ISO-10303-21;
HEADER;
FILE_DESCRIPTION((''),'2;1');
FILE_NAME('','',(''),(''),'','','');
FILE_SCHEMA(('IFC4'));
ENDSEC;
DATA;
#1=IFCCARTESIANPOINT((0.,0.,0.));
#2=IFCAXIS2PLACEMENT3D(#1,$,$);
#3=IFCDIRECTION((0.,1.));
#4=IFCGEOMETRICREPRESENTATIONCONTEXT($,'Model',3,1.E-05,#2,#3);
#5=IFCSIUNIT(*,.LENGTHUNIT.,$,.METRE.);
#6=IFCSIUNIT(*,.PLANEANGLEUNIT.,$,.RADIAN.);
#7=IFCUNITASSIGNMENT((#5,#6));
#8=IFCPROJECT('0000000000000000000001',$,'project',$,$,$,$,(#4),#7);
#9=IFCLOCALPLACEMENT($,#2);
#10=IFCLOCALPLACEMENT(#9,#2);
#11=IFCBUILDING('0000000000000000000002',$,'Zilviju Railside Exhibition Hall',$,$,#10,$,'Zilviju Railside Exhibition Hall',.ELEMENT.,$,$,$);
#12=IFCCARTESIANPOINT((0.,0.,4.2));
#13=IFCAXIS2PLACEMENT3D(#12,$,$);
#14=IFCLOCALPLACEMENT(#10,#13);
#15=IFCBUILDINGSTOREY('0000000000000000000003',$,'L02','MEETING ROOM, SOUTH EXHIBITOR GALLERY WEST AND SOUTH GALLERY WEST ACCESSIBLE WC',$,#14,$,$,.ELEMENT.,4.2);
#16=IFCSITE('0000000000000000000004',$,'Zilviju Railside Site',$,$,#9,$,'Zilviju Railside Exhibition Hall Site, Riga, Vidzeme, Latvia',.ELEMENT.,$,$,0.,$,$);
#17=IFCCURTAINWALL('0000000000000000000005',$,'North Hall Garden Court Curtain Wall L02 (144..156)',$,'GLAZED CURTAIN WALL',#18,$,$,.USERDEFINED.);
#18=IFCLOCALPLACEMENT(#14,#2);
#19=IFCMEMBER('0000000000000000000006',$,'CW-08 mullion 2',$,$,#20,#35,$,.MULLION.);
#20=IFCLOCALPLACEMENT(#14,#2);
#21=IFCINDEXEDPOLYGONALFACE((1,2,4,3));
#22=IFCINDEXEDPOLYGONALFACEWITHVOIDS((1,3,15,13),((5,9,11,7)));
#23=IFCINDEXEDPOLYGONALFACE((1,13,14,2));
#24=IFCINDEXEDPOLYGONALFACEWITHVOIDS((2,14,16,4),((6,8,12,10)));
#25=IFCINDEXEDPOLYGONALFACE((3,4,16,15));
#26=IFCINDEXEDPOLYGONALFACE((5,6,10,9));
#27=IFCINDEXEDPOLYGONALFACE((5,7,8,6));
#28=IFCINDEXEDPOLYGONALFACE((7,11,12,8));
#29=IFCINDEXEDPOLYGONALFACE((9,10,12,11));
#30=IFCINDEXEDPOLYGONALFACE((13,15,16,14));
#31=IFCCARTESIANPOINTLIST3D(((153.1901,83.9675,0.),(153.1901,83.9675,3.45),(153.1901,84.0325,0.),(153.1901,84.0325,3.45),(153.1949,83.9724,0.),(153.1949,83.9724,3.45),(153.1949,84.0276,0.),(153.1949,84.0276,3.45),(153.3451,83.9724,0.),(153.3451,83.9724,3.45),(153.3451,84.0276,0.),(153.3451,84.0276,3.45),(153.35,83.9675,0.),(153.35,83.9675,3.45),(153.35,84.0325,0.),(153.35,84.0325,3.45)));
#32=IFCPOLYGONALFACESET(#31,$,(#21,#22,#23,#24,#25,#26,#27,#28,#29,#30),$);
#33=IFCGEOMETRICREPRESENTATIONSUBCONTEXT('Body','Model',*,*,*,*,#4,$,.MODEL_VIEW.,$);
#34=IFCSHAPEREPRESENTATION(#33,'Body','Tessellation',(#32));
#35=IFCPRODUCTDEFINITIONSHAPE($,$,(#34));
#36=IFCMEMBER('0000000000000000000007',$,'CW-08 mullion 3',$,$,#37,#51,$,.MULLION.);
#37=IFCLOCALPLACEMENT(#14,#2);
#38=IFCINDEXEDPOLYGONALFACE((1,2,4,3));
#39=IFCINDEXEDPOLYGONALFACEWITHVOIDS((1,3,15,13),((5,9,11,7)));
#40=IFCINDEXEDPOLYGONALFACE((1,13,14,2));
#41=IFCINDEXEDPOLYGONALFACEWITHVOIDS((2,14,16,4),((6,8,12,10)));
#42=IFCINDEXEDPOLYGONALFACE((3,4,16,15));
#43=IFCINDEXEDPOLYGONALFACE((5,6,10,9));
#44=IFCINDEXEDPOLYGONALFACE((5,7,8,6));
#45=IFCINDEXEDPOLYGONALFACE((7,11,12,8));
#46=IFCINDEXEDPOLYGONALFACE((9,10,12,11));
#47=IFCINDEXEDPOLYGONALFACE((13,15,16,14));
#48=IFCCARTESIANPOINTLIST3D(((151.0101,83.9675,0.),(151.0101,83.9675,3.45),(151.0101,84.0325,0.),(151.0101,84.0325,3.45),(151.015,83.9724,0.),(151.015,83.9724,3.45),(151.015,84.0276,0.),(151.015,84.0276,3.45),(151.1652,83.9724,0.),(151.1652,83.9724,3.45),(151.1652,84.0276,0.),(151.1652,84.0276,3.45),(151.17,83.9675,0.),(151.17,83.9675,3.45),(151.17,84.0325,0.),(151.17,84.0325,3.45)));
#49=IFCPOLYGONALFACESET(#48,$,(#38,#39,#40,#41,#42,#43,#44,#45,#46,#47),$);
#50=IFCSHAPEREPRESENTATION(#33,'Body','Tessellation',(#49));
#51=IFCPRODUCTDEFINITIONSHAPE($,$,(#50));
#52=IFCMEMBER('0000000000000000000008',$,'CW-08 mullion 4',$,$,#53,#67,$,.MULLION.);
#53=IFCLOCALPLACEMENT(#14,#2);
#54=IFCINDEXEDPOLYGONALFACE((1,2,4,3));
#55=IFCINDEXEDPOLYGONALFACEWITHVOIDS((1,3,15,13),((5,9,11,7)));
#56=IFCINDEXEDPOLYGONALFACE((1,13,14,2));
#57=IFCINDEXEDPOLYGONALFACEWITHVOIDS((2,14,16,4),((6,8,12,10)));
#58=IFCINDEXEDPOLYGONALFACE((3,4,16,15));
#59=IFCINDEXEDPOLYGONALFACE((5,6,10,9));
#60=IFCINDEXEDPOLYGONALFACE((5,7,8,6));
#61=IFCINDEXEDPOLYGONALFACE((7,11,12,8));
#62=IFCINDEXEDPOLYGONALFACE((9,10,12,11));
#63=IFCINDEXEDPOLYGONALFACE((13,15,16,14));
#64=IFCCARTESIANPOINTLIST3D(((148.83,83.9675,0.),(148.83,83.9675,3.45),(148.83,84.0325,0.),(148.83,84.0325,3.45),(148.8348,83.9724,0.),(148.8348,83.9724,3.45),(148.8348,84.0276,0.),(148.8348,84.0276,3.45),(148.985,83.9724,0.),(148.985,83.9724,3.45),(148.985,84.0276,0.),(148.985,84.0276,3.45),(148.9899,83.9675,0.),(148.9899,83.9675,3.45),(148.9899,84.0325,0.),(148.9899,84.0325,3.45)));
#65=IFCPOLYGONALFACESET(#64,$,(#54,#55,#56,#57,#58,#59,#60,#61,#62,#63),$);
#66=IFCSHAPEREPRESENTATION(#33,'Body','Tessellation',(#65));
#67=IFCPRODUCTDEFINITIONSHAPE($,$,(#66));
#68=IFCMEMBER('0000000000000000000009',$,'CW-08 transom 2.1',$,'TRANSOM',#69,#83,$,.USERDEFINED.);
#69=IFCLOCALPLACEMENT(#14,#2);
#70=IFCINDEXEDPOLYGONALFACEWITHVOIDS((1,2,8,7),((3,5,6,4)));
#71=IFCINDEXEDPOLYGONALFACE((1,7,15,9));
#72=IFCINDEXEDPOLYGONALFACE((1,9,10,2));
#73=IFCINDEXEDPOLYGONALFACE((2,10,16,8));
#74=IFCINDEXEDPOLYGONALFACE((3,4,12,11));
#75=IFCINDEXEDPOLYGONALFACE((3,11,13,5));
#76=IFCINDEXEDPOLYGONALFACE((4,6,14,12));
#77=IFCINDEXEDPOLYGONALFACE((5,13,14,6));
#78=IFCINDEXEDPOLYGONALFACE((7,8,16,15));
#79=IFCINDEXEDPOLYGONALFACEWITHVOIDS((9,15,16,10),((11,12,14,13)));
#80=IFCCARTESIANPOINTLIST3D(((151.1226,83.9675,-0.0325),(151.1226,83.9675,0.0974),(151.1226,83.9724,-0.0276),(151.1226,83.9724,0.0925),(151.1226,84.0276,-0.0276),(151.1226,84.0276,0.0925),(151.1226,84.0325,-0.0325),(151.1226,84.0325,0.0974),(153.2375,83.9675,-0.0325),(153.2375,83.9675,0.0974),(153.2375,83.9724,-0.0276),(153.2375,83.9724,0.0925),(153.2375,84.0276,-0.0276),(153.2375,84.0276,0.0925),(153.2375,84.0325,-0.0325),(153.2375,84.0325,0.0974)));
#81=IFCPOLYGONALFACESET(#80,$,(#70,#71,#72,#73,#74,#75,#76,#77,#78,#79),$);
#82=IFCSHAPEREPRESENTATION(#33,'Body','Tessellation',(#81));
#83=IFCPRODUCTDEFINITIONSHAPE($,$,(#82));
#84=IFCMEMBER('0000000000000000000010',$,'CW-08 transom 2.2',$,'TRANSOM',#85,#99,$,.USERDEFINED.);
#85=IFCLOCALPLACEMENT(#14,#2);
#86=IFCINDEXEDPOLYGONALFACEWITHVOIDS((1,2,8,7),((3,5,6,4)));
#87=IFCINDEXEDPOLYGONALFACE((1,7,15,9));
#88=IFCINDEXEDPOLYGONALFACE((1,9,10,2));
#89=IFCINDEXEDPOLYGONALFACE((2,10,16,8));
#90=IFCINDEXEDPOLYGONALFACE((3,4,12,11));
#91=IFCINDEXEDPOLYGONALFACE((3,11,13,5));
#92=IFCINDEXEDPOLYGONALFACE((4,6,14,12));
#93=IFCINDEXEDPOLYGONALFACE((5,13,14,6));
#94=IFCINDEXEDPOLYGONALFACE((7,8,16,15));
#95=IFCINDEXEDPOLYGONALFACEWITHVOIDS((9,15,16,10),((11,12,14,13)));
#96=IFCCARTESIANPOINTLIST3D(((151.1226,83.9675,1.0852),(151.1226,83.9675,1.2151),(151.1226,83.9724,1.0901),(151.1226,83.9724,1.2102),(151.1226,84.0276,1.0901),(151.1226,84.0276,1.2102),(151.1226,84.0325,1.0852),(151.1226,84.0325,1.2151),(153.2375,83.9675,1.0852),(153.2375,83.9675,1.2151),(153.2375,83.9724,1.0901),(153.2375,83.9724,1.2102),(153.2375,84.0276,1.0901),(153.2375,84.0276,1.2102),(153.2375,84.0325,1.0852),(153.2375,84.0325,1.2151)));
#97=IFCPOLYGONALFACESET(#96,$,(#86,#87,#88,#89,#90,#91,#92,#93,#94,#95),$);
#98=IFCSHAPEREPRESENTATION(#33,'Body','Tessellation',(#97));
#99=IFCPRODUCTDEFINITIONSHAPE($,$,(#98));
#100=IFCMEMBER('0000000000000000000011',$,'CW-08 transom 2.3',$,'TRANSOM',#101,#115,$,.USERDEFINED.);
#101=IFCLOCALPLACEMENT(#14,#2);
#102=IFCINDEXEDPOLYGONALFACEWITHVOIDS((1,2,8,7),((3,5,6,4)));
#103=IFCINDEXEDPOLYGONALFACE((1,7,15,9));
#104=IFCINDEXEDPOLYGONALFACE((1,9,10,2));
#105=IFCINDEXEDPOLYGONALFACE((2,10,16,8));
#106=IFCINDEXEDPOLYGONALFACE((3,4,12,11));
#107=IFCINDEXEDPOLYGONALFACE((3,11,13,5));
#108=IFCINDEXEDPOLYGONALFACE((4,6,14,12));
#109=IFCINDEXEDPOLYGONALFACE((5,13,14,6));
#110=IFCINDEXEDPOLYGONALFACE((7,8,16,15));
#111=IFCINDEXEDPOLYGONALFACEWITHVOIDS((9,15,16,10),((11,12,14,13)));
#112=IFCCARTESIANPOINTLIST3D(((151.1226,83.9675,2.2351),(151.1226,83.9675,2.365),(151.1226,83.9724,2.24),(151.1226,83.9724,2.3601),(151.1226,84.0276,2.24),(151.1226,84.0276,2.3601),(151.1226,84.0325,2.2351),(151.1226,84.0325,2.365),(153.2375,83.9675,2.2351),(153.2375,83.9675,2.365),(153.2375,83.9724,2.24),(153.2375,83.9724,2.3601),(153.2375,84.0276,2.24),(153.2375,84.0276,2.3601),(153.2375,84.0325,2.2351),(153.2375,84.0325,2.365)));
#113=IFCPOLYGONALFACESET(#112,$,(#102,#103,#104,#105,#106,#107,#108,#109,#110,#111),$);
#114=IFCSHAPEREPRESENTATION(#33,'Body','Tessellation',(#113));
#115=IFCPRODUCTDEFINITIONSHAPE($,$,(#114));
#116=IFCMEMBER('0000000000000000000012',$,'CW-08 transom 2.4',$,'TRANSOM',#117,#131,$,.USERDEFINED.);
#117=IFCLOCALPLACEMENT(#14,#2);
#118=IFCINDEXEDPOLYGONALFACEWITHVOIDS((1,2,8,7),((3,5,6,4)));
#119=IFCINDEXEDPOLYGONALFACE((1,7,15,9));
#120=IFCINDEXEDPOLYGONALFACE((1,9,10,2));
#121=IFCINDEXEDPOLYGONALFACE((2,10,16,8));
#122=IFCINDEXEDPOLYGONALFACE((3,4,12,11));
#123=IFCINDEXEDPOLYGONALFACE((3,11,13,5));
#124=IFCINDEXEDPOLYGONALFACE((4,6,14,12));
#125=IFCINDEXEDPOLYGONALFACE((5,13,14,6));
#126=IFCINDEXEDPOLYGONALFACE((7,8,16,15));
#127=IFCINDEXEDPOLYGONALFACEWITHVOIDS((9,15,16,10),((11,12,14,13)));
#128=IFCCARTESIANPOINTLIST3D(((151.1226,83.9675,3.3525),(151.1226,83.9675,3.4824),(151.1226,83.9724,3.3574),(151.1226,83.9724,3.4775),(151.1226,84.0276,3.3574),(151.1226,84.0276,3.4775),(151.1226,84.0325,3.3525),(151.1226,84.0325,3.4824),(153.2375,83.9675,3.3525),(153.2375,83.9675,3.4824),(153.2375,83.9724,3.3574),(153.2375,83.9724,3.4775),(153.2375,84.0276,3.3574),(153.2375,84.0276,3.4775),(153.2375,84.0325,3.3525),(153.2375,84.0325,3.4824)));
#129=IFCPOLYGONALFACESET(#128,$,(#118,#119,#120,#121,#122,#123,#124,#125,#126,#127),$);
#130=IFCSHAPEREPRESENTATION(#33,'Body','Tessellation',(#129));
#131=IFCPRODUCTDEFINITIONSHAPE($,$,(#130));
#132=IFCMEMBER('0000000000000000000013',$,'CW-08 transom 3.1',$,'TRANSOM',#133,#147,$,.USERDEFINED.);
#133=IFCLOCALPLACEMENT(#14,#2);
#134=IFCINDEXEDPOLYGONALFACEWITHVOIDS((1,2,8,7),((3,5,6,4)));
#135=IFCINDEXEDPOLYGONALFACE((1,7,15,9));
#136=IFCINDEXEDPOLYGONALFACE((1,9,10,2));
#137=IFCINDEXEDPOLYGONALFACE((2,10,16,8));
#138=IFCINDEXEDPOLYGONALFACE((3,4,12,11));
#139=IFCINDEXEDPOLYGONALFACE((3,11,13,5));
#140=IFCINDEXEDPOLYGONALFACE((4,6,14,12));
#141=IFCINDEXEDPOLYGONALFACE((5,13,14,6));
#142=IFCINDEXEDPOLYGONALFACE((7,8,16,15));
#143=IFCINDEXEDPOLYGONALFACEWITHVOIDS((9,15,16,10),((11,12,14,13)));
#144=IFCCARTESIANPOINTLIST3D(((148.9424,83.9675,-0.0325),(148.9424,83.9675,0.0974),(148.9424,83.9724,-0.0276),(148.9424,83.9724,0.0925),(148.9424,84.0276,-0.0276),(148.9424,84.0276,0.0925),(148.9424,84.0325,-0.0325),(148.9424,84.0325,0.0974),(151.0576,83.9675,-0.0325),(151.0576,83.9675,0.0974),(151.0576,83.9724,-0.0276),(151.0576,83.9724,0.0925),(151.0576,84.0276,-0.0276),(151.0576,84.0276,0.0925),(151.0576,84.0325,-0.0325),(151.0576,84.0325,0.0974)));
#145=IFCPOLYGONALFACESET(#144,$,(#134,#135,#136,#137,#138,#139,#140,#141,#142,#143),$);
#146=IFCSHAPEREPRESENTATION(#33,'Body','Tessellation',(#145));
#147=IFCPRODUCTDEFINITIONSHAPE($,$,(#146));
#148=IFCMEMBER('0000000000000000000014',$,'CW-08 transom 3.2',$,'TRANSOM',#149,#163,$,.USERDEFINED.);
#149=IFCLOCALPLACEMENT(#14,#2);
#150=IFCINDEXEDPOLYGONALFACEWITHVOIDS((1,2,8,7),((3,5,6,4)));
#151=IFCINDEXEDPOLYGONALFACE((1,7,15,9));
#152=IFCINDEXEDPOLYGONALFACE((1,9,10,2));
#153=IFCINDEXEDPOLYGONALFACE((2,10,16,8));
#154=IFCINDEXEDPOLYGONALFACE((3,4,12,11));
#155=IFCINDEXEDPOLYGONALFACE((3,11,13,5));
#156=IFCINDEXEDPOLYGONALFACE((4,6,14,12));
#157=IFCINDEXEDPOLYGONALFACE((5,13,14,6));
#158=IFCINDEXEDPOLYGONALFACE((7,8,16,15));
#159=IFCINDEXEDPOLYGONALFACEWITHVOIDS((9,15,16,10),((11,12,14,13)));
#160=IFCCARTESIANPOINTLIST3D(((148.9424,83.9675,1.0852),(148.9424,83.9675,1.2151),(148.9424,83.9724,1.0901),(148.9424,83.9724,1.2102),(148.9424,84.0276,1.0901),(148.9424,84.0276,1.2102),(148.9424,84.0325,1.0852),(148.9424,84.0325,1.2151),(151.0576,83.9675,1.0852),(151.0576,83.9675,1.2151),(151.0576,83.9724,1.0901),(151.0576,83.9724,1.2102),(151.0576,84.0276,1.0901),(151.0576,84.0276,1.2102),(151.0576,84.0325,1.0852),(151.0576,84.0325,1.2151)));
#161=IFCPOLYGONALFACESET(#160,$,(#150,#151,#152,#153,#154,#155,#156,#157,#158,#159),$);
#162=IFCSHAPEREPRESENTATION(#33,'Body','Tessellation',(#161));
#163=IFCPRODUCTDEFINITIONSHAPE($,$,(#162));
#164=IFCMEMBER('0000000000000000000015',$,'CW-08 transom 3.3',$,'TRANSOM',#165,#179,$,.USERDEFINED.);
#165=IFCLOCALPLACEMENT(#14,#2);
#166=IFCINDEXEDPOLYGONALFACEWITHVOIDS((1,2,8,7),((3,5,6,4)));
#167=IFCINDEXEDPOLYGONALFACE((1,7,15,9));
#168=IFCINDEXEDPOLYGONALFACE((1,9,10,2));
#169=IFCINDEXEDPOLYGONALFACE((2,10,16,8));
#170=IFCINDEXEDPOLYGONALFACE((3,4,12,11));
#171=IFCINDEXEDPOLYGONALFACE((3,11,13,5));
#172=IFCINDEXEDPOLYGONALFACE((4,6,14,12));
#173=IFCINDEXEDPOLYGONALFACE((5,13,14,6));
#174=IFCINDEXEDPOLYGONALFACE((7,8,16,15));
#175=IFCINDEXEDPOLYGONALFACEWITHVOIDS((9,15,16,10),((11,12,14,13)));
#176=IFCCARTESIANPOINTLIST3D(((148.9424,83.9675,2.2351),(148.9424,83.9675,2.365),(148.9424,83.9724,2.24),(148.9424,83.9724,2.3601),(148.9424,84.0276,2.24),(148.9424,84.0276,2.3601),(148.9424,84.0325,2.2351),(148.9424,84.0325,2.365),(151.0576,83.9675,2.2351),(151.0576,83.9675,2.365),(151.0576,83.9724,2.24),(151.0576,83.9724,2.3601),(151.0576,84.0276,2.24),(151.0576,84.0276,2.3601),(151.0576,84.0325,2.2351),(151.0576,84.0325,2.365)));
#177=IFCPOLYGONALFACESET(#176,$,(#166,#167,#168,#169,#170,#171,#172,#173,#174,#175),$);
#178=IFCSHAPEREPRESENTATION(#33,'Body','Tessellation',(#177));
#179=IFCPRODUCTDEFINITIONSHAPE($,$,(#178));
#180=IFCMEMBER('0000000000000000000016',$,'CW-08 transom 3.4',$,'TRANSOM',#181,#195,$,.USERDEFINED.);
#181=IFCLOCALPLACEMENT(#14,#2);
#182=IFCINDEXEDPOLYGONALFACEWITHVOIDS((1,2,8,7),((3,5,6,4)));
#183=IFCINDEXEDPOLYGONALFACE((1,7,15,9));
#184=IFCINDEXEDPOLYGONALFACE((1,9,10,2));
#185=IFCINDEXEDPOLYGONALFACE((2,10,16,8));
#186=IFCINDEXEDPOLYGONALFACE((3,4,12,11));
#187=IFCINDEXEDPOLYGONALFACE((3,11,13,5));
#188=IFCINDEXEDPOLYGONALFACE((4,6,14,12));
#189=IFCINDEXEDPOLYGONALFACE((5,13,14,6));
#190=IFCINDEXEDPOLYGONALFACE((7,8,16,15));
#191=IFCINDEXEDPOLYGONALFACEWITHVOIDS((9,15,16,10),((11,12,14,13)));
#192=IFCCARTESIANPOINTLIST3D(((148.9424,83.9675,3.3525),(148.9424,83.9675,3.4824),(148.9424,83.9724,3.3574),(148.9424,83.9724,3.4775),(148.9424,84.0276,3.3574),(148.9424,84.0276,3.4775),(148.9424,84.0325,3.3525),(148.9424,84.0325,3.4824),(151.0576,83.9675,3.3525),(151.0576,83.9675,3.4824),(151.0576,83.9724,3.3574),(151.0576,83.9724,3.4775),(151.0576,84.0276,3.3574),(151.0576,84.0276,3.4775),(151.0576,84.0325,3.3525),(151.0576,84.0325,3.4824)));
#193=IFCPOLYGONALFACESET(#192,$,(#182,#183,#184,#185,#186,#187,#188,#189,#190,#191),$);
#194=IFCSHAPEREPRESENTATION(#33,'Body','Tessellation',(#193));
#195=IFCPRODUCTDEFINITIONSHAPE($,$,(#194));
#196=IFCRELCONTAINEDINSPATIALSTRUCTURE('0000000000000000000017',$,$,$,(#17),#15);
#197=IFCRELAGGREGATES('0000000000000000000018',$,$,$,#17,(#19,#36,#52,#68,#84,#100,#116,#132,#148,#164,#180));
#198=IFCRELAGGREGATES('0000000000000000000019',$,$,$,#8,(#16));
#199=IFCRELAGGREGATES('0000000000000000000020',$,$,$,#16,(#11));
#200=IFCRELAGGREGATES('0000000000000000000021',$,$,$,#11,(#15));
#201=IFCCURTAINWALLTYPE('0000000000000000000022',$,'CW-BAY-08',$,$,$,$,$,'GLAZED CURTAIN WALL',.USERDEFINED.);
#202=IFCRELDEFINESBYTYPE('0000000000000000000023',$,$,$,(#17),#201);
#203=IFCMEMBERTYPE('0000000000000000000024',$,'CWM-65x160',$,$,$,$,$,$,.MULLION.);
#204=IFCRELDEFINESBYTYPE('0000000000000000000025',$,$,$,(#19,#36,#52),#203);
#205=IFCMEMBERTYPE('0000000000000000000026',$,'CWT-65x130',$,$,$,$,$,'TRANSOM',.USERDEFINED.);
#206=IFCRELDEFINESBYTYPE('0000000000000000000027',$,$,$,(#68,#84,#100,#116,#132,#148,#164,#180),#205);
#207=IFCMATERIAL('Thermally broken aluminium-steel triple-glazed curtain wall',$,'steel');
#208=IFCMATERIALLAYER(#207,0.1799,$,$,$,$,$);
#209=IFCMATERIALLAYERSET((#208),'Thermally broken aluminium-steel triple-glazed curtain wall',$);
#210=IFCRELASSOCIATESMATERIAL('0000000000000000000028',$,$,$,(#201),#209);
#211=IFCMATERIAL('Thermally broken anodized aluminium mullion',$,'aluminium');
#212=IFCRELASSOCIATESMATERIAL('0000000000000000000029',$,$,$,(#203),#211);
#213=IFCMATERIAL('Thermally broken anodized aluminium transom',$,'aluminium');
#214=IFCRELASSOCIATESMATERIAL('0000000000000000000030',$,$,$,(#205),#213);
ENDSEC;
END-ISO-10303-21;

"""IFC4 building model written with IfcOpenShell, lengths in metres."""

from ifc_helpers import new_model, si_unit, direction, frame, origin, origin_2d, place, context, subcontext, project, spatial, hollow_rectangle, extrude, material, layer, layer_set, material_profile, profile_set, type_object, element, aggregate, save


model = new_model("IFC4")

# Units and contexts
model_context = context("Model", 3, precision=1e-05, world=origin(), true_north=direction((0.0, 1.0)))
body_context = subcontext(model_context, "Body", "Model", "MODEL_VIEW")
ifc_project = project(units=[si_unit("LENGTHUNIT", "METRE"), si_unit("PLANEANGLEUNIT", "RADIAN")], contexts=[model_context])

# Site, building, storey
site_placement = place(None, origin())
site = spatial("IfcSite", under=ifc_project, at=site_placement, Name="Zilviju Railside Site", LongName="Zilviju Railside Exhibition Hall Site, Riga, Vidzeme, Latvia", CompositionType="ELEMENT", RefElevation=0.0)
building_placement = place(site_placement, origin())
building = spatial("IfcBuilding", under=site, at=building_placement, Name="Zilviju Railside Exhibition Hall", LongName="Zilviju Railside Exhibition Hall", CompositionType="ELEMENT")
storey_placement = place(building_placement, frame((0.0, 0.0, 4.2)))
storey = spatial("IfcBuildingStorey", under=building, at=storey_placement, Name="L02", Description="MEETING ROOM, SOUTH EXHIBITOR GALLERY WEST AND SOUTH GALLERY WEST ACCESSIBLE WC", CompositionType="ELEMENT", Elevation=4.2)

# Curtain wall, members
ifc_material_1 = material(Name="Thermally broken aluminium-steel triple-glazed curtain wall", Category="steel")
ifc_layer_1 = layer(ifc_material_1, 0.1799)
ifc_layer_set_1 = layer_set([ifc_layer_1], Name="Thermally broken aluminium-steel triple-glazed curtain wall")
curtain_wall_type = type_object("IfcCurtainWallType", Name="CW-BAY-08", ElementType="GLAZED CURTAIN WALL", PredefinedType="USERDEFINED", material=ifc_layer_set_1)
curtain_wall_placement = place(storey_placement, origin())
curtain_wall = element("IfcCurtainWall", 1, at=curtain_wall_placement, inside=storey, type_object=curtain_wall_type, Name="North Hall Garden Court Curtain Wall L02 (144..156)", ObjectType="GLAZED CURTAIN WALL", PredefinedType="USERDEFINED")
ifc_material_2 = material(Name="Thermally broken anodized aluminium mullion", Category="aluminium")
ifc_material_profile_1 = material_profile(ifc_material_2, hollow_rectangle(XDim=0.0649, YDim=0.1599, WallThickness=0.0049, at=origin_2d()), Name="MULLION 160x65x5")
ifc_profile_set_1 = profile_set([ifc_material_profile_1], Name="Thermally broken anodized aluminium mullion")
member_type_1 = type_object("IfcMemberType", Name="CWM-65x160", PredefinedType="MULLION", material=ifc_profile_set_1)
member_1_placement = place(storey_placement, frame((153.27, 84.0, 0.0), z_axis=(0.0, 0.0, 1.0), x_axis=(0.0, -1.0, 0.0)))
member_1 = element("IfcMember", 2, at=member_1_placement, type_object=member_type_1, Name="CW-08 mullion 2", PredefinedType="MULLION", context=body_context, shape_type="SweptSolid", body=[
    extrude(hollow_rectangle(XDim=0.0649, YDim=0.1599, WallThickness=0.0049, at=origin_2d()), origin(), (0.0, 0.0, 1.0), 3.45),
])
member_2_placement = place(storey_placement, frame((151.0901, 84.0, 0.0), z_axis=(0.0, 0.0, 1.0), x_axis=(0.0, -1.0, 0.0)))
member_2 = element("IfcMember", 3, at=member_2_placement, type_object=member_type_1, Name="CW-08 mullion 3", PredefinedType="MULLION", context=body_context, shape_type="SweptSolid", body=[
    extrude(hollow_rectangle(XDim=0.0649, YDim=0.1599, WallThickness=0.0049, at=origin_2d()), origin(), (0.0, 0.0, 1.0), 3.45),
])
member_3_placement = place(storey_placement, frame((148.9099, 84.0, 0.0), z_axis=(0.0, 0.0, 1.0), x_axis=(0.0, -1.0, 0.0)))
member_3 = element("IfcMember", 4, at=member_3_placement, type_object=member_type_1, Name="CW-08 mullion 4", PredefinedType="MULLION", context=body_context, shape_type="SweptSolid", body=[
    extrude(hollow_rectangle(XDim=0.0649, YDim=0.1599, WallThickness=0.0049, at=origin_2d()), origin(), (0.0, 0.0, 1.0), 3.45),
])
ifc_material_3 = material(Name="Thermally broken anodized aluminium transom", Category="aluminium")
ifc_material_profile_2 = material_profile(ifc_material_3, hollow_rectangle(XDim=0.0649, YDim=0.1299, WallThickness=0.0049, at=origin_2d()), Name="TRANSOM 130x65x5")
ifc_profile_set_2 = profile_set([ifc_material_profile_2], Name="Thermally broken anodized aluminium transom")
member_type_2 = type_object("IfcMemberType", Name="CWT-65x130", ElementType="TRANSOM", PredefinedType="USERDEFINED", material=ifc_profile_set_2)
member_4_placement = place(storey_placement, frame((153.2375, 84.0, 0.0325), z_axis=(-1.0, 0.0, 0.0), x_axis=(0.0, -1.0, 0.0)))
member_4 = element("IfcMember", 5, at=member_4_placement, type_object=member_type_2, Name="CW-08 transom 2.1", ObjectType="TRANSOM", PredefinedType="USERDEFINED", context=body_context, shape_type="SweptSolid", body=[
    extrude(hollow_rectangle(XDim=0.0649, YDim=0.1299, WallThickness=0.0049, at=origin_2d()), origin(), (0.0, 0.0, 1.0), 2.115),
])
member_5_placement = place(storey_placement, frame((153.2375, 84.0, 1.1501), z_axis=(-1.0, 0.0, 0.0), x_axis=(0.0, -1.0, 0.0)))
member_5 = element("IfcMember", 6, at=member_5_placement, type_object=member_type_2, Name="CW-08 transom 2.2", ObjectType="TRANSOM", PredefinedType="USERDEFINED", context=body_context, shape_type="SweptSolid", body=[
    extrude(hollow_rectangle(XDim=0.0649, YDim=0.1299, WallThickness=0.0049, at=origin_2d()), origin(), (0.0, 0.0, 1.0), 2.115),
])
member_6_placement = place(storey_placement, frame((153.2375, 84.0, 2.3), z_axis=(-1.0, 0.0, 0.0), x_axis=(0.0, -1.0, 0.0)))
member_6 = element("IfcMember", 7, at=member_6_placement, type_object=member_type_2, Name="CW-08 transom 2.3", ObjectType="TRANSOM", PredefinedType="USERDEFINED", context=body_context, shape_type="SweptSolid", body=[
    extrude(hollow_rectangle(XDim=0.0649, YDim=0.1299, WallThickness=0.0049, at=origin_2d()), origin(), (0.0, 0.0, 1.0), 2.115),
])
member_7_placement = place(storey_placement, frame((153.2375, 84.0, 3.4175), z_axis=(-1.0, 0.0, 0.0), x_axis=(0.0, -1.0, 0.0)))
member_7 = element("IfcMember", 8, at=member_7_placement, type_object=member_type_2, Name="CW-08 transom 2.4", ObjectType="TRANSOM", PredefinedType="USERDEFINED", context=body_context, shape_type="SweptSolid", body=[
    extrude(hollow_rectangle(XDim=0.0649, YDim=0.1299, WallThickness=0.0049, at=origin_2d()), origin(), (0.0, 0.0, 1.0), 2.115),
])
member_8_placement = place(storey_placement, frame((151.0576, 84.0, 0.0325), z_axis=(-1.0, 0.0, 0.0), x_axis=(0.0, -1.0, 0.0)))
member_8 = element("IfcMember", 9, at=member_8_placement, type_object=member_type_2, Name="CW-08 transom 3.1", ObjectType="TRANSOM", PredefinedType="USERDEFINED", context=body_context, shape_type="SweptSolid", body=[
    extrude(hollow_rectangle(XDim=0.0649, YDim=0.1299, WallThickness=0.0049, at=origin_2d()), origin(), (0.0, 0.0, 1.0), 2.1152),
])
member_9_placement = place(storey_placement, frame((151.0576, 84.0, 1.1501), z_axis=(-1.0, 0.0, 0.0), x_axis=(0.0, -1.0, 0.0)))
member_9 = element("IfcMember", 10, at=member_9_placement, type_object=member_type_2, Name="CW-08 transom 3.2", ObjectType="TRANSOM", PredefinedType="USERDEFINED", context=body_context, shape_type="SweptSolid", body=[
    extrude(hollow_rectangle(XDim=0.0649, YDim=0.1299, WallThickness=0.0049, at=origin_2d()), origin(), (0.0, 0.0, 1.0), 2.1152),
])
member_10_placement = place(storey_placement, frame((151.0576, 84.0, 2.3), z_axis=(-1.0, 0.0, 0.0), x_axis=(0.0, -1.0, 0.0)))
member_10 = element("IfcMember", 11, at=member_10_placement, type_object=member_type_2, Name="CW-08 transom 3.3", ObjectType="TRANSOM", PredefinedType="USERDEFINED", context=body_context, shape_type="SweptSolid", body=[
    extrude(hollow_rectangle(XDim=0.0649, YDim=0.1299, WallThickness=0.0049, at=origin_2d()), origin(), (0.0, 0.0, 1.0), 2.1152),
])
member_11_placement = place(storey_placement, frame((151.0576, 84.0, 3.4175), z_axis=(-1.0, 0.0, 0.0), x_axis=(0.0, -1.0, 0.0)))
member_11 = element("IfcMember", 12, at=member_11_placement, type_object=member_type_2, Name="CW-08 transom 3.4", ObjectType="TRANSOM", PredefinedType="USERDEFINED", context=body_context, shape_type="SweptSolid", body=[
    extrude(hollow_rectangle(XDim=0.0649, YDim=0.1299, WallThickness=0.0049, at=origin_2d()), origin(), (0.0, 0.0, 1.0), 2.1152),
])
aggregate(curtain_wall, [member_1, member_2, member_3, member_4, member_5, member_6, member_7, member_8, member_9, member_10, member_11])

save(model, "model.ifc")
